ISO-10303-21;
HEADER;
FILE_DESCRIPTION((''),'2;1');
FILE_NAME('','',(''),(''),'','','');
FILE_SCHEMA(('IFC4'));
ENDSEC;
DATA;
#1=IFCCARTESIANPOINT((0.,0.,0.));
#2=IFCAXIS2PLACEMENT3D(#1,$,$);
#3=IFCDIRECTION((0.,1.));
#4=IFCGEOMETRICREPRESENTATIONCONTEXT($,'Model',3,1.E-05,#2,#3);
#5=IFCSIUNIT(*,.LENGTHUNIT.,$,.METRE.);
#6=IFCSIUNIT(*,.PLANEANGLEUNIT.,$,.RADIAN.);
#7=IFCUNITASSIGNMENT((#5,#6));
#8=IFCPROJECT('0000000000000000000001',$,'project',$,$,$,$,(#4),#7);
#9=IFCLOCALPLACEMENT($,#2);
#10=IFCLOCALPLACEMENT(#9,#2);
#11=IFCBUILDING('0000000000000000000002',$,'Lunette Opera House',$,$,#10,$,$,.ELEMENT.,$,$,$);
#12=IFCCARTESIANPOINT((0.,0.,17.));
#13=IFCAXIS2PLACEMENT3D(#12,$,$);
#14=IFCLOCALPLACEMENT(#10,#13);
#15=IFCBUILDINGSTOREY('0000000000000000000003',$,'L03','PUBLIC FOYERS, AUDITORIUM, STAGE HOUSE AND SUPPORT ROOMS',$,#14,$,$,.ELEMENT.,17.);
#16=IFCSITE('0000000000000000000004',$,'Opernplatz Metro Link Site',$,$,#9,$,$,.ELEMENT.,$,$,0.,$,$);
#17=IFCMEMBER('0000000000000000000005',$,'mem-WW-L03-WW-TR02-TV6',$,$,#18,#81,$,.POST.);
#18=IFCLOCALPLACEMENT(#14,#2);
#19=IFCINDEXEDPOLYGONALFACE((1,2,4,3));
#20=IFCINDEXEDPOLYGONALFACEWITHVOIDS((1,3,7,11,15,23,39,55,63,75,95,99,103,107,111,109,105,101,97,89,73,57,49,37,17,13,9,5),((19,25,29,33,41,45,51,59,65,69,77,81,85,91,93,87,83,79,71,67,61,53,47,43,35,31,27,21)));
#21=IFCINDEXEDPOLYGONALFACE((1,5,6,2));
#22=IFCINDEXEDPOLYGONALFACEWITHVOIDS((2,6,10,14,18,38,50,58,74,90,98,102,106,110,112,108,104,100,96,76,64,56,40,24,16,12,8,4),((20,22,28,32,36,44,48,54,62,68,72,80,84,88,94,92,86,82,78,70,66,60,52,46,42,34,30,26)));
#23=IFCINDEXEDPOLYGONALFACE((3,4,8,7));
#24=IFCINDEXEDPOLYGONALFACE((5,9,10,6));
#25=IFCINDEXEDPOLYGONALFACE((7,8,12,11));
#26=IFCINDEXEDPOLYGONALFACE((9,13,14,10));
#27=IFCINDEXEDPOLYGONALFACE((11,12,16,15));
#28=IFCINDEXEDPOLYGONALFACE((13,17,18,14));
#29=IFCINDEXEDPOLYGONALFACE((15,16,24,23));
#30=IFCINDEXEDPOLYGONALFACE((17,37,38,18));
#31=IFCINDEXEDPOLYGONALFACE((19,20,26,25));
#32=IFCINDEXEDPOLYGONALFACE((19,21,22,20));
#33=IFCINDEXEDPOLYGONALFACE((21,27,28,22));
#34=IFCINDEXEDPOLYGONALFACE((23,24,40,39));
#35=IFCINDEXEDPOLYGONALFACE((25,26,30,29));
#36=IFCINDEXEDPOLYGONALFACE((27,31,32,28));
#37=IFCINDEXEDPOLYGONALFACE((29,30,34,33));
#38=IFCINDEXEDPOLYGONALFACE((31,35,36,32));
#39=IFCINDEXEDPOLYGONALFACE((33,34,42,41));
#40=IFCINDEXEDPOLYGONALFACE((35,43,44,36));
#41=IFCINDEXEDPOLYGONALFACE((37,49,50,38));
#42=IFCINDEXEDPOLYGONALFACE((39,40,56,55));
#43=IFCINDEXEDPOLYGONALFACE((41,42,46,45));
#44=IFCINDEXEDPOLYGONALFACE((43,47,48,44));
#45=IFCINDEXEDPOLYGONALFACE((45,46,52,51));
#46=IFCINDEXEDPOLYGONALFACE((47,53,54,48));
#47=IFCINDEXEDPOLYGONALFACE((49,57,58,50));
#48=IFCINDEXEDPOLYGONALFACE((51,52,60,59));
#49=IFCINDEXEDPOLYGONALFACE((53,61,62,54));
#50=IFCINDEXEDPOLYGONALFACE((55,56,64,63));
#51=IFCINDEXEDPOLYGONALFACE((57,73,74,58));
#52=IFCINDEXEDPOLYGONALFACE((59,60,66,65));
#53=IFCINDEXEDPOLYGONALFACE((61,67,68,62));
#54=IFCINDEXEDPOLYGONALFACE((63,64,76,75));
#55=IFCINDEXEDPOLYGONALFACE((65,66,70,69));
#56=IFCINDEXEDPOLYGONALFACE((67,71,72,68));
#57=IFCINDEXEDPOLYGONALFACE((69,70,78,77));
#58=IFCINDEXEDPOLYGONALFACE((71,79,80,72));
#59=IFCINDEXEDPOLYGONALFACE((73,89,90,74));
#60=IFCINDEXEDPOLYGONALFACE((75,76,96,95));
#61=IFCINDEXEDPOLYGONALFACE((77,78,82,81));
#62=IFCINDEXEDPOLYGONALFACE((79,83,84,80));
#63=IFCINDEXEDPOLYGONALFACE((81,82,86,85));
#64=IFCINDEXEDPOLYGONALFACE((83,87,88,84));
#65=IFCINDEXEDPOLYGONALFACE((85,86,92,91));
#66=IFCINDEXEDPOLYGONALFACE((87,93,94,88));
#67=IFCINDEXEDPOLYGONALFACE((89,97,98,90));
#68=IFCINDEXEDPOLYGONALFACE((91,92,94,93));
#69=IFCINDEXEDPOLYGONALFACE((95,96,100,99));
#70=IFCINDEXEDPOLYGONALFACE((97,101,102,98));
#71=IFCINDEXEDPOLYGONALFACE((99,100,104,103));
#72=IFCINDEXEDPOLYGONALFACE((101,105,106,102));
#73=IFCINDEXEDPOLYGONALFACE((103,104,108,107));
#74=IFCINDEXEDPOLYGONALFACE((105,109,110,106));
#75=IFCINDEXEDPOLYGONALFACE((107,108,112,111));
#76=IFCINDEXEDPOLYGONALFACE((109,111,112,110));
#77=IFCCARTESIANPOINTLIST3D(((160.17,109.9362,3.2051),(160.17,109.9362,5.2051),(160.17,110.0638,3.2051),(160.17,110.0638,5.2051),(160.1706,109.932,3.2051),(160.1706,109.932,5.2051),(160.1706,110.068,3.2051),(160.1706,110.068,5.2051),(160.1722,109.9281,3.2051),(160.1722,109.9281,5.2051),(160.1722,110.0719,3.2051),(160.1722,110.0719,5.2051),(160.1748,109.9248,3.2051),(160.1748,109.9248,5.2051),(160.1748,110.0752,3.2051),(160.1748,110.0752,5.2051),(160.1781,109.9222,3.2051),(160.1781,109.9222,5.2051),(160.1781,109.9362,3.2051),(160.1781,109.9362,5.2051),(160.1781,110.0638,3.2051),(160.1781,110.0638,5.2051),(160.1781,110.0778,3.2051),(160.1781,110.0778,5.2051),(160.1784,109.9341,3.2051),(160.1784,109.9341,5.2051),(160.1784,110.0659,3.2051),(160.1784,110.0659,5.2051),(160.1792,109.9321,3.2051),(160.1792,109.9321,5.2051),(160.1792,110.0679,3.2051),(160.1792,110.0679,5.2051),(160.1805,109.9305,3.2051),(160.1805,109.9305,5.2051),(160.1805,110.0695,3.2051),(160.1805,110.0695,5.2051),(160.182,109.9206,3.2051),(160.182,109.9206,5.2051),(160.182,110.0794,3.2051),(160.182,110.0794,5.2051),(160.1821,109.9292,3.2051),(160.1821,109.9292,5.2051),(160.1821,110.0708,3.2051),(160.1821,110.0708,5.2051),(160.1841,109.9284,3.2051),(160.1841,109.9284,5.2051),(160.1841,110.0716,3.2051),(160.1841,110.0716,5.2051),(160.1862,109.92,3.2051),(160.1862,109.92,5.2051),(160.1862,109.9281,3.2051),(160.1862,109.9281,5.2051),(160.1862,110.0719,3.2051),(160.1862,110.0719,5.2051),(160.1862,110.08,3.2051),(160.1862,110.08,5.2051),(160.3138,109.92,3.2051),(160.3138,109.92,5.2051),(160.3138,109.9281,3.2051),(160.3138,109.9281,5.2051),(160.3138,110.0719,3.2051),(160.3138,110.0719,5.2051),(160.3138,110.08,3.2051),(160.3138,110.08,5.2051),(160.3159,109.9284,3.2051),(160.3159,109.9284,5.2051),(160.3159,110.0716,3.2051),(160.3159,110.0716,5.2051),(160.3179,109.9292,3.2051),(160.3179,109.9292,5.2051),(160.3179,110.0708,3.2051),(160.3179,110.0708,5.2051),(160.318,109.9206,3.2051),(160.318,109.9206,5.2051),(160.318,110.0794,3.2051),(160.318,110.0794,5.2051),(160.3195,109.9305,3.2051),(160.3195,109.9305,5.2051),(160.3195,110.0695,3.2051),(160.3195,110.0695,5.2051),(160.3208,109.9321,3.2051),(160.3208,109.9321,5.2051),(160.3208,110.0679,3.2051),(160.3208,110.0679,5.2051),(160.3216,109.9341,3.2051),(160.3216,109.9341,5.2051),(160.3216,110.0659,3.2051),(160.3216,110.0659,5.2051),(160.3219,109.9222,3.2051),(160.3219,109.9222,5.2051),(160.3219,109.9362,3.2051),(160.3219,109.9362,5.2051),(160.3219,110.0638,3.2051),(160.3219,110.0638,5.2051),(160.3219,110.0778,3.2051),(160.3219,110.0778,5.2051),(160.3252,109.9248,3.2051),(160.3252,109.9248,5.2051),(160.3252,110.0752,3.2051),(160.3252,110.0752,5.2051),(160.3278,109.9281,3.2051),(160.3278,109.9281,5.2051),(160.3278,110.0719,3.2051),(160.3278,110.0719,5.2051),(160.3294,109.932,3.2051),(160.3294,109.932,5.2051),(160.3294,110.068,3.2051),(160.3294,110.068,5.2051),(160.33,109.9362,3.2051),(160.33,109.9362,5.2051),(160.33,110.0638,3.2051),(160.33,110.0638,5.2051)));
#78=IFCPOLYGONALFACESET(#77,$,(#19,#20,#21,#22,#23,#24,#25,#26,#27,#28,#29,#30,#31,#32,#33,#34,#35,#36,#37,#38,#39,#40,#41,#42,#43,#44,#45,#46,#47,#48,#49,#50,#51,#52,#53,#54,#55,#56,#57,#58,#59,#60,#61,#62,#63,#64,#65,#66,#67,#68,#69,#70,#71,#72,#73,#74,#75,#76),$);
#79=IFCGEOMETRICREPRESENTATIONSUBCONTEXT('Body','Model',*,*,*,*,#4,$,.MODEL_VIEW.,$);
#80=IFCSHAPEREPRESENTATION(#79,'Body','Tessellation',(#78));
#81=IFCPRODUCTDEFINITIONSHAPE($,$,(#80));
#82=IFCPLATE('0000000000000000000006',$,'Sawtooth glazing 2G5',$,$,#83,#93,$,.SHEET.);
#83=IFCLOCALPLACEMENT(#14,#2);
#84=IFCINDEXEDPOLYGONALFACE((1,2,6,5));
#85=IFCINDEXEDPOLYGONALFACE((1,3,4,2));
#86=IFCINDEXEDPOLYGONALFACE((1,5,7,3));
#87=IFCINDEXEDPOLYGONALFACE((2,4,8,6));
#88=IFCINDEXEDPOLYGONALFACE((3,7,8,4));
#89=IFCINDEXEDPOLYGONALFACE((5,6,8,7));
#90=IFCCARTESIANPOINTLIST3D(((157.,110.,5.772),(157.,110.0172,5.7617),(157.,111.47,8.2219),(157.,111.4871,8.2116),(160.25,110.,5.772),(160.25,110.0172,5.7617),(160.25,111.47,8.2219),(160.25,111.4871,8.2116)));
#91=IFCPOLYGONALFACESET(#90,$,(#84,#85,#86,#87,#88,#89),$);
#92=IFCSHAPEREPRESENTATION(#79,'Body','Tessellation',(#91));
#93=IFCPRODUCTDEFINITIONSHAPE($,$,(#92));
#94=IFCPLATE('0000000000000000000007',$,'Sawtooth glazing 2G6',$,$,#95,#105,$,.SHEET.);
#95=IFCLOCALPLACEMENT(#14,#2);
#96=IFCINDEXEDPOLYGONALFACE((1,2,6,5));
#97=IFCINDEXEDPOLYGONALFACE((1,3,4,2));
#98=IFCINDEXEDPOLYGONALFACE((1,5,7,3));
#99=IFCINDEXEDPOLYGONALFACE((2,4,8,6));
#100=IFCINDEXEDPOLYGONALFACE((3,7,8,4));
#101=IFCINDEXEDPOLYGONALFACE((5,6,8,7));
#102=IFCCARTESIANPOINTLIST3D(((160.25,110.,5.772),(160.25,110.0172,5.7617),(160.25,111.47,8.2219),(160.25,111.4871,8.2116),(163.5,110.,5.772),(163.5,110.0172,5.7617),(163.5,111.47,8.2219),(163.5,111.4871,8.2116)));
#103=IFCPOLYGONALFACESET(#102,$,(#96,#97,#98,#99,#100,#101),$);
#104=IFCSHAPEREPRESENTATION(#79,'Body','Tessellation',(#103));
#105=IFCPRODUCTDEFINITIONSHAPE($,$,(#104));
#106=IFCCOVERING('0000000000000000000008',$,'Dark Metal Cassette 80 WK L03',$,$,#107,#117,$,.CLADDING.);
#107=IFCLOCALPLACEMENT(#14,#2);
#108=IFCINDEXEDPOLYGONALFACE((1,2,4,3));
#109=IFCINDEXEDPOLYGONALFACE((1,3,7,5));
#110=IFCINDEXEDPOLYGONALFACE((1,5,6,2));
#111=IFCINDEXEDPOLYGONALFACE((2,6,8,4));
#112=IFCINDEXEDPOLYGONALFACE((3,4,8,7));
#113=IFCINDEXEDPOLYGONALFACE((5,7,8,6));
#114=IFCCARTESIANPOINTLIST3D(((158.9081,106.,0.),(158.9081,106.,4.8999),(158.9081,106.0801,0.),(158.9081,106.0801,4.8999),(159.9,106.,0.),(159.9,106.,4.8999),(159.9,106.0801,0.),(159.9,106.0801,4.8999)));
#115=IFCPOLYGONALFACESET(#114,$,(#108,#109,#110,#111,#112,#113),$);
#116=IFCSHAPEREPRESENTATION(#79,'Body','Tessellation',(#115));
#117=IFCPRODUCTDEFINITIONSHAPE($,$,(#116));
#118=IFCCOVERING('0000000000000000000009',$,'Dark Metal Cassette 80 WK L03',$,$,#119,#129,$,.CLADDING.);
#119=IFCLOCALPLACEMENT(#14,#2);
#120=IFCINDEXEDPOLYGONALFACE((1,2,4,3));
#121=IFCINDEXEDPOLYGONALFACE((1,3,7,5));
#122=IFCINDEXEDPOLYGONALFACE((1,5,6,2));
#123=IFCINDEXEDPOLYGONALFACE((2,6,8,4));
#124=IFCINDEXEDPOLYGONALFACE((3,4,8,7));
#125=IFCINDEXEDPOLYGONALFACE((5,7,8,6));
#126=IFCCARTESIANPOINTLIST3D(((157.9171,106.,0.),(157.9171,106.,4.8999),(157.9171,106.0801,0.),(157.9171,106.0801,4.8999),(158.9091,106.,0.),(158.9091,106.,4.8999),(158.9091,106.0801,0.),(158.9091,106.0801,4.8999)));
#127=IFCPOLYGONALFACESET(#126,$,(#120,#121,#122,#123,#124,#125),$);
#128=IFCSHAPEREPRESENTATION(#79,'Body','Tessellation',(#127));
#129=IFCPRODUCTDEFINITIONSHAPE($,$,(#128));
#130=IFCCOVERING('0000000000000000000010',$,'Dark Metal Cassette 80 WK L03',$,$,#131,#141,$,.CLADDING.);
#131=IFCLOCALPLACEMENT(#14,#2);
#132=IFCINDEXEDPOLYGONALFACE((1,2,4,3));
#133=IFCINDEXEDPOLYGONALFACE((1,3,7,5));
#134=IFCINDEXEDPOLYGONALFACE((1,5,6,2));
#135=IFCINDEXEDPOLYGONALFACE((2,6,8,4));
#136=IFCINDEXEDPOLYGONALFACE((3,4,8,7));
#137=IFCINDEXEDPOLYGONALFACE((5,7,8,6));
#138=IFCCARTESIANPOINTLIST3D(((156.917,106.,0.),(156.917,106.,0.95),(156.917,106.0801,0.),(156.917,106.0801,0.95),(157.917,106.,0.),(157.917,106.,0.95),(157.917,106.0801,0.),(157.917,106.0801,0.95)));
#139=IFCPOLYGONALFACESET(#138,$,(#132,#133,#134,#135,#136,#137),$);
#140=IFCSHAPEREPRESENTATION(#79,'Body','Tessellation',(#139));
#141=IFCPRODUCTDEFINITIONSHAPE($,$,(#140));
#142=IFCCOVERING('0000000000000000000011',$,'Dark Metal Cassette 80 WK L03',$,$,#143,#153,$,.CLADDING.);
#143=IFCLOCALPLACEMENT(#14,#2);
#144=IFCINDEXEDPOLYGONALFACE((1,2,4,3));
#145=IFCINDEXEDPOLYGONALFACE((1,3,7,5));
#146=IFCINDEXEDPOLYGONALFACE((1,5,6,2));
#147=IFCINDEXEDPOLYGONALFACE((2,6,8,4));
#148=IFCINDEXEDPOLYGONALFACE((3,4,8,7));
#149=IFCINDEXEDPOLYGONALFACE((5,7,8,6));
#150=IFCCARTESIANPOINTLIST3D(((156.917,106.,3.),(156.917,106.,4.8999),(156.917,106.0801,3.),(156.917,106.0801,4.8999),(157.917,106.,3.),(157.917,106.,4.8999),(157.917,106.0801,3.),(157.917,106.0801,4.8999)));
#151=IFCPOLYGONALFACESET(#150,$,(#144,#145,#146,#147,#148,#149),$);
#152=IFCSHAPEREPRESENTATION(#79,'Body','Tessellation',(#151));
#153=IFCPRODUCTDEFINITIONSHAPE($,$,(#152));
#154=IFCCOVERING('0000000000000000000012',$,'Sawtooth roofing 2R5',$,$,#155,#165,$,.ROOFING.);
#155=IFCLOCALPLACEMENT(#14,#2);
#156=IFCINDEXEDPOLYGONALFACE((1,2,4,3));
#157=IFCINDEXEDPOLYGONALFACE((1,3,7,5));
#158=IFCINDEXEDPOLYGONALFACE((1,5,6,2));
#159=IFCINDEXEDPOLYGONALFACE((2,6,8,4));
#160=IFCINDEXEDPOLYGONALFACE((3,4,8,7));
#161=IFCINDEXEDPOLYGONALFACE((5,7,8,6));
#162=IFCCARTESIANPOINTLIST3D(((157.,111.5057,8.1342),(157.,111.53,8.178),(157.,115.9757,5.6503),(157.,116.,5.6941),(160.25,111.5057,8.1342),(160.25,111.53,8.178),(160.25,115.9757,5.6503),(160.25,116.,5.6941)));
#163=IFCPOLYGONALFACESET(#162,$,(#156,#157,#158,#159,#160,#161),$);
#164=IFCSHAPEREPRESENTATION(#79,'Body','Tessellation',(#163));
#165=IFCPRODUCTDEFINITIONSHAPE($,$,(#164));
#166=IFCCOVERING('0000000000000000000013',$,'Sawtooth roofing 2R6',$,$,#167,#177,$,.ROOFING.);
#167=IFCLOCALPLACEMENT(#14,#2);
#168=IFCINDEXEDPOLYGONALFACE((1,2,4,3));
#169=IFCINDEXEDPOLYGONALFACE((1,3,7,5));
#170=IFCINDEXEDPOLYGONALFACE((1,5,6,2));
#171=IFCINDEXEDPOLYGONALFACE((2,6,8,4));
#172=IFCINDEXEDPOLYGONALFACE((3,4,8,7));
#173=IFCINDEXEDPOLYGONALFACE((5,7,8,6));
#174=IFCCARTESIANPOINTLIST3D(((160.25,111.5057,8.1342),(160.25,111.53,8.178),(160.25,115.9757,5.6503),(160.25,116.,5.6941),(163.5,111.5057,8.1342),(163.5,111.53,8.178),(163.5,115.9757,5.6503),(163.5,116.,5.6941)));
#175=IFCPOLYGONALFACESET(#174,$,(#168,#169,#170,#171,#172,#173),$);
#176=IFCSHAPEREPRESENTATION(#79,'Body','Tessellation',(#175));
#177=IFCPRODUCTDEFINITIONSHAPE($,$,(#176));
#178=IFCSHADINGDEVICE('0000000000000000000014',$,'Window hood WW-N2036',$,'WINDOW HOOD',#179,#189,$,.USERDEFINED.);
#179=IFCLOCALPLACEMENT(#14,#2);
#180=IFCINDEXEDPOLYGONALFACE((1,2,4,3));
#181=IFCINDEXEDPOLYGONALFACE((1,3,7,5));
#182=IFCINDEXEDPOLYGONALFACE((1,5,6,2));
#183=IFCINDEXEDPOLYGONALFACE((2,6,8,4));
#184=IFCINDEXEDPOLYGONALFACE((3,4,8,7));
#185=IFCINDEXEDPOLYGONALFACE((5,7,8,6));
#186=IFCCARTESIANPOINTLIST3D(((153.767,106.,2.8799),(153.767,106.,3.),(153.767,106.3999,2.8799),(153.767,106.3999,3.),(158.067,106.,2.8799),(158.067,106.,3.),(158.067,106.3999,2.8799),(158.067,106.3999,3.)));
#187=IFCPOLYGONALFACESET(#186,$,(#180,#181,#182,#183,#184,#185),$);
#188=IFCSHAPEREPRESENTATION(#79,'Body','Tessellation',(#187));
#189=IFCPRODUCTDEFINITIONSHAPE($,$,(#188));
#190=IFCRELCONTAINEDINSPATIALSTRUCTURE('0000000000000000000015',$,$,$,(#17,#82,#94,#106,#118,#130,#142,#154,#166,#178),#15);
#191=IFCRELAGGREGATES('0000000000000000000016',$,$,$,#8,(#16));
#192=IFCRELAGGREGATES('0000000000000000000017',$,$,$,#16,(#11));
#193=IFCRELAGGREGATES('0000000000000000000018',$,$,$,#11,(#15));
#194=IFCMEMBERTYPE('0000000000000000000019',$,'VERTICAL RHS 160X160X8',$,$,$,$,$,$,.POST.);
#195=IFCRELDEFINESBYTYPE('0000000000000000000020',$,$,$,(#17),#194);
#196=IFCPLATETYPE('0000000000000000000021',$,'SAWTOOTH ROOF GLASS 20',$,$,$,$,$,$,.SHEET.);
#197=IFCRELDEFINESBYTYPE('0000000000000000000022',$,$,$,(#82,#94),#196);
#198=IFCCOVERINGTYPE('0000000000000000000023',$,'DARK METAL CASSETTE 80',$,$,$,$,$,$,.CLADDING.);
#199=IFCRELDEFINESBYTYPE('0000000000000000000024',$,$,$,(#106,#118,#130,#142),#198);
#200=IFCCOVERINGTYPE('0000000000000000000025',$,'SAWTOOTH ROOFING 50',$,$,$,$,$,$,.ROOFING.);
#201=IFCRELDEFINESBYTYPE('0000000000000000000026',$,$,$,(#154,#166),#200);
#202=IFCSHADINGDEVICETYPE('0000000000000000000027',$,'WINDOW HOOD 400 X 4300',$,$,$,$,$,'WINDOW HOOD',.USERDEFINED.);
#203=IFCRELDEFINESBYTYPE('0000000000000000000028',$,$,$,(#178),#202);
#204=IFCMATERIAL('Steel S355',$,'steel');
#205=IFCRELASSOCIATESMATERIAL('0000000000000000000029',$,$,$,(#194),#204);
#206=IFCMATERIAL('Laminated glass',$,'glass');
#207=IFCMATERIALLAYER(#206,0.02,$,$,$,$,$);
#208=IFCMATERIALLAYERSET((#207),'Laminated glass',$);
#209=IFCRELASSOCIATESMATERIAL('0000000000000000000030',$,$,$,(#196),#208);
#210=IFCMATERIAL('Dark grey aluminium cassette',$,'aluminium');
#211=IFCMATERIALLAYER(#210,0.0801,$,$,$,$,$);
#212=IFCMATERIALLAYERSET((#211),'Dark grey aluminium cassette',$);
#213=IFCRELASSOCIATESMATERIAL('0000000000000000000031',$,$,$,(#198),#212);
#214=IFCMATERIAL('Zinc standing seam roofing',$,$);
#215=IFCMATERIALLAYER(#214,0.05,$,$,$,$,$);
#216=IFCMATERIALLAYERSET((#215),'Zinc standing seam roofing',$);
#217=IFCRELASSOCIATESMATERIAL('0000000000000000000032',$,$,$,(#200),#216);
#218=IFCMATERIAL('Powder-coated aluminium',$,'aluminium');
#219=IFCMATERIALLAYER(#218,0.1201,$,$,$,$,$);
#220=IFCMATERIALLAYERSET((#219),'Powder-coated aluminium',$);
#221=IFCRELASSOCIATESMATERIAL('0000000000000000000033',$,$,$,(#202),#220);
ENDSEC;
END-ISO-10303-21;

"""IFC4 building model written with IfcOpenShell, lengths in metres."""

from ifc_helpers import new_model, si_unit, direction, frame, origin, origin_2d, place, context, subcontext, project, spatial, polyline, rectangle, hollow_rectangle, outline, extrude, material, layer, layer_set, material_profile, profile_set, type_object, element, save


model = new_model("IFC4")

# Units and contexts
model_context = context("Model", 3, precision=1e-05, world=origin(), true_north=direction((0.0, 1.0)))
body_context = subcontext(model_context, "Body", "Model", "MODEL_VIEW")
ifc_project = project(units=[si_unit("LENGTHUNIT", "METRE"), si_unit("PLANEANGLEUNIT", "RADIAN")], contexts=[model_context])

# Site, building, storey
site_placement = place(None, origin())
site = spatial("IfcSite", under=ifc_project, at=site_placement, Name="Opernplatz Metro Link Site", CompositionType="ELEMENT", RefElevation=0.0)
building_placement = place(site_placement, origin())
building = spatial("IfcBuilding", under=site, at=building_placement, Name="Lunette Opera House", CompositionType="ELEMENT")
storey_placement = place(building_placement, frame((0.0, 0.0, 17.0)))
storey = spatial("IfcBuildingStorey", under=building, at=storey_placement, Name="L03", Description="PUBLIC FOYERS, AUDITORIUM, STAGE HOUSE AND SUPPORT ROOMS", CompositionType="ELEMENT", Elevation=17.0)

# Member
ifc_material_1 = material(Name="Steel S355", Category="steel")
ifc_material_profile_1 = material_profile(ifc_material_1, hollow_rectangle(XDim=0.1599, YDim=0.1599, WallThickness=0.0081, InnerFilletRadius=0.0081, OuterFilletRadius=0.0161, at=origin_2d()), Name="RHS 160X160X8")
ifc_profile_set_1 = profile_set([ifc_material_profile_1], Name="Steel S355")
member_type_1 = type_object("IfcMemberType", Name="VERTICAL RHS 160X160X8", PredefinedType="POST", material=ifc_profile_set_1)
for number, where, z_axis, x_axis, name in (
    (1, (160.25, 110.0, 3.2051), (0.0, 0.0, 1.0), (1.0, 0.0, 0.0), "mem-WW-L03-WW-TR02-TV6"),
):
    element("IfcMember", number, at=place(storey_placement, frame(where, z_axis=z_axis, x_axis=x_axis)), inside=storey, type_object=member_type_1, Name=name, PredefinedType="POST", context=body_context, shape_type="SweptSolid", body=[
        extrude(hollow_rectangle(XDim=0.1599, YDim=0.1599, WallThickness=0.0081, InnerFilletRadius=0.0081, OuterFilletRadius=0.0161, at=origin_2d()), origin(), (0.0, 0.0, 1.0), 2.0),
    ])

# Plates
ifc_material_2 = material(Name="Laminated glass", Category="glass")
ifc_layer_1 = layer(ifc_material_2, 0.02)
ifc_layer_set_1 = layer_set([ifc_layer_1], Name="Laminated glass")
plate_type = type_object("IfcPlateType", Name="SAWTOOTH ROOF GLASS 20", PredefinedType="SHEET", material=ifc_layer_set_1)
for number, where, z_axis, x_axis, name in (
    (2, (157.0, 110.0, 5.772), (0.0, -0.857493, 0.514496), (1.0, 0.0, 0.0), "Sawtooth glazing 2G5"),
    (3, (160.25, 110.0, 5.772), (0.0, -0.857493, 0.514496), (1.0, 0.0, 0.0), "Sawtooth glazing 2G6"),
):
    element("IfcPlate", number, at=place(storey_placement, frame(where, z_axis=z_axis, x_axis=x_axis)), inside=storey, type_object=plate_type, Name=name, PredefinedType="SHEET", context=body_context, shape_type="SweptSolid", body=[
        extrude(outline(polyline([(0.0, 0.0), (3.25, 0.0), (3.25, 2.8571), (0.0, 2.8571), (0.0, 0.0)])), origin(), (0.0, 0.0, -1.0), 0.02),
    ])

# Coverings
ifc_material_3 = material(Name="Dark grey aluminium cassette", Category="aluminium")
ifc_layer_2 = layer(ifc_material_3, 0.0801)
ifc_layer_set_2 = layer_set([ifc_layer_2], Name="Dark grey aluminium cassette")
covering_type_1 = type_object("IfcCoveringType", Name="DARK METAL CASSETTE 80", PredefinedType="CLADDING", material=ifc_layer_set_2)
for number, where, z_axis, x_axis, name in (
    (4, (159.4041, 106.04, 0.0), (0.0, 0.0, 1.0), (-1.0, 0.0, 0.0), "Dark Metal Cassette 80 WK L03"),
    (5, (158.4131, 106.04, 0.0), (0.0, 0.0, 1.0), (-1.0, 0.0, 0.0), "Dark Metal Cassette 80 WK L03"),
):
    element("IfcCovering", number, at=place(storey_placement, frame(where, z_axis=z_axis, x_axis=x_axis)), inside=storey, type_object=covering_type_1, Name=name, PredefinedType="CLADDING", context=body_context, shape_type="SweptSolid", body=[
        extrude(rectangle(XDim=0.9919, YDim=0.0801, at=origin_2d()), origin(), (0.0, 0.0, 1.0), 4.8999),
    ])
covering_1_placement = place(storey_placement, frame((157.417, 106.04, 0.0), z_axis=(0.0, 0.0, 1.0), x_axis=(-1.0, 0.0, 0.0)))
element("IfcCovering", 6, at=covering_1_placement, inside=storey, type_object=covering_type_1, Name="Dark Metal Cassette 80 WK L03", PredefinedType="CLADDING", context=body_context, shape_type="SweptSolid", body=[
    extrude(rectangle(XDim=1.0, YDim=0.0801, at=origin_2d()), origin(), (0.0, 0.0, 1.0), 0.95),
])
covering_2_placement = place(storey_placement, frame((157.417, 106.04, 3.0), z_axis=(0.0, 0.0, 1.0), x_axis=(-1.0, 0.0, 0.0)))
element("IfcCovering", 7, at=covering_2_placement, inside=storey, type_object=covering_type_1, Name="Dark Metal Cassette 80 WK L03", PredefinedType="CLADDING", context=body_context, shape_type="SweptSolid", body=[
    extrude(rectangle(XDim=1.0, YDim=0.0801, at=origin_2d()), origin(), (0.0, 0.0, 1.0), 1.8999),
])
ifc_material_4 = material(Name="Zinc standing seam roofing")
ifc_layer_3 = layer(ifc_material_4, 0.05)
ifc_layer_set_3 = layer_set([ifc_layer_3], Name="Zinc standing seam roofing")
covering_type_2 = type_object("IfcCoveringType", Name="SAWTOOTH ROOFING 50", PredefinedType="ROOFING", material=ifc_layer_set_3)
for number, where, z_axis, x_axis, name in (
    (8, (157.0, 111.53, 8.178), (0.0, 0.485728, 0.87411), (1.0, 0.0, 0.0), "Sawtooth roofing 2R5"),
    (9, (160.25, 111.53, 8.178), (0.0, 0.485728, 0.87411), (1.0, 0.0, 0.0), "Sawtooth roofing 2R6"),
):
    element("IfcCovering", number, at=place(storey_placement, frame(where, z_axis=z_axis, x_axis=x_axis)), inside=storey, type_object=covering_type_2, Name=name, PredefinedType="ROOFING", context=body_context, shape_type="SweptSolid", body=[
        extrude(outline(polyline([(0.0, 0.0), (3.25, 0.0), (3.25, 5.1137), (0.0, 5.1137), (0.0, 0.0)])), origin(), (0.0, 0.0, -1.0), 0.05),
    ])

# Shading device
ifc_material_5 = material(Name="Powder-coated aluminium", Category="aluminium")
ifc_layer_4 = layer(ifc_material_5, 0.1201)
ifc_layer_set_4 = layer_set([ifc_layer_4], Name="Powder-coated aluminium")
shading_device_type = type_object("IfcShadingDeviceType", Name="WINDOW HOOD 400 X 4300", ElementType="WINDOW HOOD", PredefinedType="USERDEFINED", material=ifc_layer_set_4)
shading_device_placement = place(storey_placement, frame((155.917, 106.2, 2.8799), z_axis=(0.0, 0.0, 1.0), x_axis=(0.0, 1.0, 0.0)))
element("IfcShadingDevice", 10, at=shading_device_placement, inside=storey, type_object=shading_device_type, Name="Window hood WW-N2036", ObjectType="WINDOW HOOD", PredefinedType="USERDEFINED", context=body_context, shape_type="SweptSolid", body=[
    extrude(rectangle(XDim=0.3999, YDim=4.3, at=origin_2d()), origin(), (0.0, 0.0, 1.0), 0.1201),
])

save(model, "model.ifc")
